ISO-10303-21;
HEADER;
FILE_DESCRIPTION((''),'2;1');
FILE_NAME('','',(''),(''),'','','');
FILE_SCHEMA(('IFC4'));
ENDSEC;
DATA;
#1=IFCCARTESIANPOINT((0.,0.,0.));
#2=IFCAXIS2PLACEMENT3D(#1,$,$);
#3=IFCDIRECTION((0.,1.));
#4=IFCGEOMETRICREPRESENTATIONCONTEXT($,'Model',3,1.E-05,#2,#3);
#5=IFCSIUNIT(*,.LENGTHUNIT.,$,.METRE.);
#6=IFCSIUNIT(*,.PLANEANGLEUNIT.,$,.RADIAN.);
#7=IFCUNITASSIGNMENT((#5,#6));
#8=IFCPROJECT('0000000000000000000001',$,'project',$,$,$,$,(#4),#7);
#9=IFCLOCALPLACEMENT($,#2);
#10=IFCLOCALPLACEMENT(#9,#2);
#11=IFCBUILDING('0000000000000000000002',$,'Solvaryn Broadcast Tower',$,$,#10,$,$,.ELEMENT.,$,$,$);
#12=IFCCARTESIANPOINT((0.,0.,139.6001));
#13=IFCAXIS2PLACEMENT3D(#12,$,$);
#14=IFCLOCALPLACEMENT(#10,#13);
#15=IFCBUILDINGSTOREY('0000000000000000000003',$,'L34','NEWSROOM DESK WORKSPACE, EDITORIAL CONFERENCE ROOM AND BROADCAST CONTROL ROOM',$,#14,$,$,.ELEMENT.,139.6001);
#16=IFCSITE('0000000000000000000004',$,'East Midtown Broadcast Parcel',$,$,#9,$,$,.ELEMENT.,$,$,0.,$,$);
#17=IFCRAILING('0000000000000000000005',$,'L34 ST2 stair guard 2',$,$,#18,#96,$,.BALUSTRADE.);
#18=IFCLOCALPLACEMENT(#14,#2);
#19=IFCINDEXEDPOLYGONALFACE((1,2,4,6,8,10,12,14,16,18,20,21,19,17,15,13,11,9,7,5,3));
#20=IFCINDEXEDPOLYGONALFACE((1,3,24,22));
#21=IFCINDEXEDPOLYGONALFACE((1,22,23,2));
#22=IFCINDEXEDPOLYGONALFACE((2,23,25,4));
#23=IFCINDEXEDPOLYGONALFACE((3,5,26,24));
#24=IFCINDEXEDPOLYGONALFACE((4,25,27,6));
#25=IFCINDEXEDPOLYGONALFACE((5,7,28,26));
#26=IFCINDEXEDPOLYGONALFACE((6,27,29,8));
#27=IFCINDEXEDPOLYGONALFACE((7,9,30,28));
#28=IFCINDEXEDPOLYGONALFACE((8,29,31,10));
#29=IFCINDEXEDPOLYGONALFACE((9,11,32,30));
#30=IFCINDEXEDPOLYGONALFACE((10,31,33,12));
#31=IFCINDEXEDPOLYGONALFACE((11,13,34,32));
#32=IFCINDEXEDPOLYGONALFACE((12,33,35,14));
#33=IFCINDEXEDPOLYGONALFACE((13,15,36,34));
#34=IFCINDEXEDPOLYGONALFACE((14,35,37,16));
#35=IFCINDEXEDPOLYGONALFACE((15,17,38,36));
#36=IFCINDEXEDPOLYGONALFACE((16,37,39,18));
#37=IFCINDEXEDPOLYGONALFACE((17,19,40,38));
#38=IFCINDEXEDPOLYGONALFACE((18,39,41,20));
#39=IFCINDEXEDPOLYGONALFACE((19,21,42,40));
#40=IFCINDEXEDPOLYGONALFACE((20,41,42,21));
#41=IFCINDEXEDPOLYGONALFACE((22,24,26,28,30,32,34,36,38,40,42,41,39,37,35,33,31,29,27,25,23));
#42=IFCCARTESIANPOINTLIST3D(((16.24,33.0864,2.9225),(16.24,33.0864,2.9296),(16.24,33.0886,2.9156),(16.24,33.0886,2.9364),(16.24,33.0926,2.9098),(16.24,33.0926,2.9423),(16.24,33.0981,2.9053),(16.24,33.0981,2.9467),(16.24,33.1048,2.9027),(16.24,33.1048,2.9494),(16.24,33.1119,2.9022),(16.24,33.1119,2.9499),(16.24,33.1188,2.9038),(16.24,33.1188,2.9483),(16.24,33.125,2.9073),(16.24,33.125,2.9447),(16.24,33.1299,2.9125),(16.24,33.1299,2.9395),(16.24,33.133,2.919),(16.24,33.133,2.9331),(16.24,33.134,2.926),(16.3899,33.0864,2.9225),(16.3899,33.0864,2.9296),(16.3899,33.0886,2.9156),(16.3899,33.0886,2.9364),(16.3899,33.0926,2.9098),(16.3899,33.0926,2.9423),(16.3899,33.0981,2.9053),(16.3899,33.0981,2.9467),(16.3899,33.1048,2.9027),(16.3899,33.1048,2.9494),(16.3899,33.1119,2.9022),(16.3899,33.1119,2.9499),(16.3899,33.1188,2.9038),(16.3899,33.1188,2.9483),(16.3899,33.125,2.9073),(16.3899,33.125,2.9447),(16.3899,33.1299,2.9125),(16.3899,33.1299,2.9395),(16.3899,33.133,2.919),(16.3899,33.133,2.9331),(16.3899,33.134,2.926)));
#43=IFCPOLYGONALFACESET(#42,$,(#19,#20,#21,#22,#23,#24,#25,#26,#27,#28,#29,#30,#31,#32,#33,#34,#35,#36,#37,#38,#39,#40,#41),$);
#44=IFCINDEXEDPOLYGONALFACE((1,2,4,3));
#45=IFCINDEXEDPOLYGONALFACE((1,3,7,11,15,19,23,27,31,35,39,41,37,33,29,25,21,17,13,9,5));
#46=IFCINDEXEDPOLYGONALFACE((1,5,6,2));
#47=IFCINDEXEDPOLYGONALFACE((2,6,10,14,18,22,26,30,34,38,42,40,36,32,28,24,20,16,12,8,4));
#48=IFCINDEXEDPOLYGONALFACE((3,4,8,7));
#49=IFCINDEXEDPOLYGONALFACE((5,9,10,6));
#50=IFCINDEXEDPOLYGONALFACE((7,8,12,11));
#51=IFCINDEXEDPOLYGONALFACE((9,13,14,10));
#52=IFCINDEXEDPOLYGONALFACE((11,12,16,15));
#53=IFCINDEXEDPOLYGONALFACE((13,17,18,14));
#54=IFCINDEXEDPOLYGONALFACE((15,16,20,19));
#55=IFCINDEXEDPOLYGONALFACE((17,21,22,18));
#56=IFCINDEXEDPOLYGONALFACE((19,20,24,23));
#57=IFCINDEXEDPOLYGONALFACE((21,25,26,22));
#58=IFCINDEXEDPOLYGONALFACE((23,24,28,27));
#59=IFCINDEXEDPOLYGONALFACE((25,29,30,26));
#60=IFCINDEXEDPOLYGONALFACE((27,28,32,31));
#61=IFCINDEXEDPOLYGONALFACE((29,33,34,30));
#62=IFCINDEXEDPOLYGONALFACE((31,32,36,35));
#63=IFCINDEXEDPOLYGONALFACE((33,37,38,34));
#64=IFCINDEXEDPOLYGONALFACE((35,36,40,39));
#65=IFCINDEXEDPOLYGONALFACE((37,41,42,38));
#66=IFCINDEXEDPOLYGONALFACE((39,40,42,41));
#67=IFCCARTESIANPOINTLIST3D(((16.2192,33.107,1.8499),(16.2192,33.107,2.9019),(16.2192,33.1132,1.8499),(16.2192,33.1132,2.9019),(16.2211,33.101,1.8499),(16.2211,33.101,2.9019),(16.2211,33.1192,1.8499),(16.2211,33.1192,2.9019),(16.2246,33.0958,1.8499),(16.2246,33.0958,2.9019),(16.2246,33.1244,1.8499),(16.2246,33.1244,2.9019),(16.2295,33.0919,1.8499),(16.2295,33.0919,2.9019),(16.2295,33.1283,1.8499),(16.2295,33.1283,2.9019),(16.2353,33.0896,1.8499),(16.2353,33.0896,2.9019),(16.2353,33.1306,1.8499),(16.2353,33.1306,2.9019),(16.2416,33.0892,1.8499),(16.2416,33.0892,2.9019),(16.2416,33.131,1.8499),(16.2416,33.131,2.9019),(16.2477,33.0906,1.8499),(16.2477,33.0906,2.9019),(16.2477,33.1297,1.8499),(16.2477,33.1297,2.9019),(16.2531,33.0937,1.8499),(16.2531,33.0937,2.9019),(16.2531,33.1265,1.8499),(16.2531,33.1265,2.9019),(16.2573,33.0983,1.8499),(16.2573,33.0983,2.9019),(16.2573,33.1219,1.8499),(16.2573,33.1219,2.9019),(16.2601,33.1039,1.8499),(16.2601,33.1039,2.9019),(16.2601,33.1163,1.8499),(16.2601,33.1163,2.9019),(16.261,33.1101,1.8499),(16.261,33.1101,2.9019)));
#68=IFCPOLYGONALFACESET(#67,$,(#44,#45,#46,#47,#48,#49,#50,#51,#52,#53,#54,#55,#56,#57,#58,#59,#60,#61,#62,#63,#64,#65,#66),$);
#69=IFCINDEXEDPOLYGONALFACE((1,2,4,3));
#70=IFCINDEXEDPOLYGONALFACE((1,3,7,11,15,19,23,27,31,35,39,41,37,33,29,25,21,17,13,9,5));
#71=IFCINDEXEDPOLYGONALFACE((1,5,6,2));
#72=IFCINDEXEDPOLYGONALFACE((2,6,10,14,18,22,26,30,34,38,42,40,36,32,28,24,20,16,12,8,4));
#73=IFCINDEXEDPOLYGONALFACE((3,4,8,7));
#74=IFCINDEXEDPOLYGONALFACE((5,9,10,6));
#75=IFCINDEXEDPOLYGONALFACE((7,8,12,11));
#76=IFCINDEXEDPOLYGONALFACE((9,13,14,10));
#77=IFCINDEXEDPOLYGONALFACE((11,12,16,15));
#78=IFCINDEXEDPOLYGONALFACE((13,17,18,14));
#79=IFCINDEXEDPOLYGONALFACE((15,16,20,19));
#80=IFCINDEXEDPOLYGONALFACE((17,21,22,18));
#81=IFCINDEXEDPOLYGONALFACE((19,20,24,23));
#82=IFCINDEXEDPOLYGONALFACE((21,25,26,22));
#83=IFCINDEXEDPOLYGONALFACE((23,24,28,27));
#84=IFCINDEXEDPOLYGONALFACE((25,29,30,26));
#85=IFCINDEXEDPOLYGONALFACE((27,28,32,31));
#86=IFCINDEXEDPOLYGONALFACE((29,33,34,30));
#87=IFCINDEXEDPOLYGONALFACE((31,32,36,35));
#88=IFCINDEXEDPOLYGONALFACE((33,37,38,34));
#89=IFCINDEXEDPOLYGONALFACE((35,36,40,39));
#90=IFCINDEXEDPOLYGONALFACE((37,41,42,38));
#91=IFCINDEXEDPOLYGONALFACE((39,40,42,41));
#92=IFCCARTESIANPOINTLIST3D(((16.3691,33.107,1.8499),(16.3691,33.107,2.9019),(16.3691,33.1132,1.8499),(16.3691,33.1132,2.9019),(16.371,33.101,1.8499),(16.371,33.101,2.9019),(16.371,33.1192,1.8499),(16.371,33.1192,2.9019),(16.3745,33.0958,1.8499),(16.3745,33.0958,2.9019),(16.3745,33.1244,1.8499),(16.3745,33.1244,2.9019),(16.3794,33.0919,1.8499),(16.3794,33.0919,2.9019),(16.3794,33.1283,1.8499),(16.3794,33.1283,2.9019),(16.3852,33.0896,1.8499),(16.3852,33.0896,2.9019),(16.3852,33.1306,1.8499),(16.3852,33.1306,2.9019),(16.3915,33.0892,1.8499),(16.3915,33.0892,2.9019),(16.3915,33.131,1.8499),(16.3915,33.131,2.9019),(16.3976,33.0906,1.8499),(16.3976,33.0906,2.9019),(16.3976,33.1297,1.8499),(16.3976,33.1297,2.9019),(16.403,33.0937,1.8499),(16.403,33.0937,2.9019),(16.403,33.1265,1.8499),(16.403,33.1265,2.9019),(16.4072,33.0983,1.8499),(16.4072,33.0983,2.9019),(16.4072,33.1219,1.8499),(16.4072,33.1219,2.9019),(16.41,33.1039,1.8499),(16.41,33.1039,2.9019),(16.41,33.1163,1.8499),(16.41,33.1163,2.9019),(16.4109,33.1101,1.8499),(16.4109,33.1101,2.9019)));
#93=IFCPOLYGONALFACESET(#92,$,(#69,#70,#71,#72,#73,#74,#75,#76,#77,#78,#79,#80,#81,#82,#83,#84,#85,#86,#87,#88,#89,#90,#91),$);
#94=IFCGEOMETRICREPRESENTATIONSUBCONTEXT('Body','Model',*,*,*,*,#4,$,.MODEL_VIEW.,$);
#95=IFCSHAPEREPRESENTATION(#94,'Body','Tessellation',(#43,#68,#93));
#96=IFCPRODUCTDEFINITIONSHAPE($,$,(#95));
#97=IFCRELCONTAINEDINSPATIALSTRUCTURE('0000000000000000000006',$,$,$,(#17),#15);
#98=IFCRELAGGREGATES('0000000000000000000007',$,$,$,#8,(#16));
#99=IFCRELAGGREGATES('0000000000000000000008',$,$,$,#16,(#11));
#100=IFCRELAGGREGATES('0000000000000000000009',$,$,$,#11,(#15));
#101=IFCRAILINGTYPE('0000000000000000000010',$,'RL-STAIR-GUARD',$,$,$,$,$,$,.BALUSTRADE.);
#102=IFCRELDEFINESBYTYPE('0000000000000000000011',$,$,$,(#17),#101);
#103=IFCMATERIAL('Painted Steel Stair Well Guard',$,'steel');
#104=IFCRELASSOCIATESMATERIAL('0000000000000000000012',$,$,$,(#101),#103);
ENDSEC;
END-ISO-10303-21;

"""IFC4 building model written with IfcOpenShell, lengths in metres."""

from ifc_helpers import new_model, si_unit, direction, frame, origin, origin_2d, place, context, subcontext, project, spatial, circle, extrude, material, type_object, element, save


model = new_model("IFC4")

# Units and contexts
model_context = context("Model", 3, precision=1e-05, world=origin(), true_north=direction((0.0, 1.0)))
body_context = subcontext(model_context, "Body", "Model", "MODEL_VIEW")
ifc_project = project(units=[si_unit("LENGTHUNIT", "METRE"), si_unit("PLANEANGLEUNIT", "RADIAN")], contexts=[model_context])

# Site, building, storey
site_placement = place(None, origin())
site = spatial("IfcSite", under=ifc_project, at=site_placement, Name="East Midtown Broadcast Parcel", CompositionType="ELEMENT", RefElevation=0.0)
building_placement = place(site_placement, origin())
building = spatial("IfcBuilding", under=site, at=building_placement, Name="Solvaryn Broadcast Tower", CompositionType="ELEMENT")
storey_placement = place(building_placement, frame((0.0, 0.0, 139.6001)))
storey = spatial("IfcBuildingStorey", under=building, at=storey_placement, Name="L34", Description="NEWSROOM DESK WORKSPACE, EDITORIAL CONFERENCE ROOM AND BROADCAST CONTROL ROOM", CompositionType="ELEMENT", Elevation=139.6001)

# Railing
ifc_material_1 = material(Name="Painted Steel Stair Well Guard", Category="steel")
railing_type_1 = type_object("IfcRailingType", Name="RL-STAIR-GUARD", PredefinedType="BALUSTRADE", material=ifc_material_1)
railing_1_placement = place(storey_placement, frame((16.24, 33.1101, 1.8499)))
element("IfcRailing", 1, at=railing_1_placement, inside=storey, type_object=railing_type_1, Name="L34 ST2 stair guard 2", PredefinedType="BALUSTRADE", context=body_context, shape_type="SweptSolid", body=[
    extrude(circle(Radius=0.0239, at=origin_2d()), frame((0.0, 0.0, 1.0762), z_axis=(1.0, 0.0, 0.0), x_axis=(0.0, 1.0, 0.0)), (0.0, 0.0, 1.0), 0.1499),
    extrude(circle(Radius=0.021, at=origin_2d()), origin(), (0.0, 0.0, 1.0), 1.052),
    extrude(circle(Radius=0.021, at=origin_2d()), frame((0.1499, 0.0, 0.0)), (0.0, 0.0, 1.0), 1.052),
])

save(model, "model.ifc")
